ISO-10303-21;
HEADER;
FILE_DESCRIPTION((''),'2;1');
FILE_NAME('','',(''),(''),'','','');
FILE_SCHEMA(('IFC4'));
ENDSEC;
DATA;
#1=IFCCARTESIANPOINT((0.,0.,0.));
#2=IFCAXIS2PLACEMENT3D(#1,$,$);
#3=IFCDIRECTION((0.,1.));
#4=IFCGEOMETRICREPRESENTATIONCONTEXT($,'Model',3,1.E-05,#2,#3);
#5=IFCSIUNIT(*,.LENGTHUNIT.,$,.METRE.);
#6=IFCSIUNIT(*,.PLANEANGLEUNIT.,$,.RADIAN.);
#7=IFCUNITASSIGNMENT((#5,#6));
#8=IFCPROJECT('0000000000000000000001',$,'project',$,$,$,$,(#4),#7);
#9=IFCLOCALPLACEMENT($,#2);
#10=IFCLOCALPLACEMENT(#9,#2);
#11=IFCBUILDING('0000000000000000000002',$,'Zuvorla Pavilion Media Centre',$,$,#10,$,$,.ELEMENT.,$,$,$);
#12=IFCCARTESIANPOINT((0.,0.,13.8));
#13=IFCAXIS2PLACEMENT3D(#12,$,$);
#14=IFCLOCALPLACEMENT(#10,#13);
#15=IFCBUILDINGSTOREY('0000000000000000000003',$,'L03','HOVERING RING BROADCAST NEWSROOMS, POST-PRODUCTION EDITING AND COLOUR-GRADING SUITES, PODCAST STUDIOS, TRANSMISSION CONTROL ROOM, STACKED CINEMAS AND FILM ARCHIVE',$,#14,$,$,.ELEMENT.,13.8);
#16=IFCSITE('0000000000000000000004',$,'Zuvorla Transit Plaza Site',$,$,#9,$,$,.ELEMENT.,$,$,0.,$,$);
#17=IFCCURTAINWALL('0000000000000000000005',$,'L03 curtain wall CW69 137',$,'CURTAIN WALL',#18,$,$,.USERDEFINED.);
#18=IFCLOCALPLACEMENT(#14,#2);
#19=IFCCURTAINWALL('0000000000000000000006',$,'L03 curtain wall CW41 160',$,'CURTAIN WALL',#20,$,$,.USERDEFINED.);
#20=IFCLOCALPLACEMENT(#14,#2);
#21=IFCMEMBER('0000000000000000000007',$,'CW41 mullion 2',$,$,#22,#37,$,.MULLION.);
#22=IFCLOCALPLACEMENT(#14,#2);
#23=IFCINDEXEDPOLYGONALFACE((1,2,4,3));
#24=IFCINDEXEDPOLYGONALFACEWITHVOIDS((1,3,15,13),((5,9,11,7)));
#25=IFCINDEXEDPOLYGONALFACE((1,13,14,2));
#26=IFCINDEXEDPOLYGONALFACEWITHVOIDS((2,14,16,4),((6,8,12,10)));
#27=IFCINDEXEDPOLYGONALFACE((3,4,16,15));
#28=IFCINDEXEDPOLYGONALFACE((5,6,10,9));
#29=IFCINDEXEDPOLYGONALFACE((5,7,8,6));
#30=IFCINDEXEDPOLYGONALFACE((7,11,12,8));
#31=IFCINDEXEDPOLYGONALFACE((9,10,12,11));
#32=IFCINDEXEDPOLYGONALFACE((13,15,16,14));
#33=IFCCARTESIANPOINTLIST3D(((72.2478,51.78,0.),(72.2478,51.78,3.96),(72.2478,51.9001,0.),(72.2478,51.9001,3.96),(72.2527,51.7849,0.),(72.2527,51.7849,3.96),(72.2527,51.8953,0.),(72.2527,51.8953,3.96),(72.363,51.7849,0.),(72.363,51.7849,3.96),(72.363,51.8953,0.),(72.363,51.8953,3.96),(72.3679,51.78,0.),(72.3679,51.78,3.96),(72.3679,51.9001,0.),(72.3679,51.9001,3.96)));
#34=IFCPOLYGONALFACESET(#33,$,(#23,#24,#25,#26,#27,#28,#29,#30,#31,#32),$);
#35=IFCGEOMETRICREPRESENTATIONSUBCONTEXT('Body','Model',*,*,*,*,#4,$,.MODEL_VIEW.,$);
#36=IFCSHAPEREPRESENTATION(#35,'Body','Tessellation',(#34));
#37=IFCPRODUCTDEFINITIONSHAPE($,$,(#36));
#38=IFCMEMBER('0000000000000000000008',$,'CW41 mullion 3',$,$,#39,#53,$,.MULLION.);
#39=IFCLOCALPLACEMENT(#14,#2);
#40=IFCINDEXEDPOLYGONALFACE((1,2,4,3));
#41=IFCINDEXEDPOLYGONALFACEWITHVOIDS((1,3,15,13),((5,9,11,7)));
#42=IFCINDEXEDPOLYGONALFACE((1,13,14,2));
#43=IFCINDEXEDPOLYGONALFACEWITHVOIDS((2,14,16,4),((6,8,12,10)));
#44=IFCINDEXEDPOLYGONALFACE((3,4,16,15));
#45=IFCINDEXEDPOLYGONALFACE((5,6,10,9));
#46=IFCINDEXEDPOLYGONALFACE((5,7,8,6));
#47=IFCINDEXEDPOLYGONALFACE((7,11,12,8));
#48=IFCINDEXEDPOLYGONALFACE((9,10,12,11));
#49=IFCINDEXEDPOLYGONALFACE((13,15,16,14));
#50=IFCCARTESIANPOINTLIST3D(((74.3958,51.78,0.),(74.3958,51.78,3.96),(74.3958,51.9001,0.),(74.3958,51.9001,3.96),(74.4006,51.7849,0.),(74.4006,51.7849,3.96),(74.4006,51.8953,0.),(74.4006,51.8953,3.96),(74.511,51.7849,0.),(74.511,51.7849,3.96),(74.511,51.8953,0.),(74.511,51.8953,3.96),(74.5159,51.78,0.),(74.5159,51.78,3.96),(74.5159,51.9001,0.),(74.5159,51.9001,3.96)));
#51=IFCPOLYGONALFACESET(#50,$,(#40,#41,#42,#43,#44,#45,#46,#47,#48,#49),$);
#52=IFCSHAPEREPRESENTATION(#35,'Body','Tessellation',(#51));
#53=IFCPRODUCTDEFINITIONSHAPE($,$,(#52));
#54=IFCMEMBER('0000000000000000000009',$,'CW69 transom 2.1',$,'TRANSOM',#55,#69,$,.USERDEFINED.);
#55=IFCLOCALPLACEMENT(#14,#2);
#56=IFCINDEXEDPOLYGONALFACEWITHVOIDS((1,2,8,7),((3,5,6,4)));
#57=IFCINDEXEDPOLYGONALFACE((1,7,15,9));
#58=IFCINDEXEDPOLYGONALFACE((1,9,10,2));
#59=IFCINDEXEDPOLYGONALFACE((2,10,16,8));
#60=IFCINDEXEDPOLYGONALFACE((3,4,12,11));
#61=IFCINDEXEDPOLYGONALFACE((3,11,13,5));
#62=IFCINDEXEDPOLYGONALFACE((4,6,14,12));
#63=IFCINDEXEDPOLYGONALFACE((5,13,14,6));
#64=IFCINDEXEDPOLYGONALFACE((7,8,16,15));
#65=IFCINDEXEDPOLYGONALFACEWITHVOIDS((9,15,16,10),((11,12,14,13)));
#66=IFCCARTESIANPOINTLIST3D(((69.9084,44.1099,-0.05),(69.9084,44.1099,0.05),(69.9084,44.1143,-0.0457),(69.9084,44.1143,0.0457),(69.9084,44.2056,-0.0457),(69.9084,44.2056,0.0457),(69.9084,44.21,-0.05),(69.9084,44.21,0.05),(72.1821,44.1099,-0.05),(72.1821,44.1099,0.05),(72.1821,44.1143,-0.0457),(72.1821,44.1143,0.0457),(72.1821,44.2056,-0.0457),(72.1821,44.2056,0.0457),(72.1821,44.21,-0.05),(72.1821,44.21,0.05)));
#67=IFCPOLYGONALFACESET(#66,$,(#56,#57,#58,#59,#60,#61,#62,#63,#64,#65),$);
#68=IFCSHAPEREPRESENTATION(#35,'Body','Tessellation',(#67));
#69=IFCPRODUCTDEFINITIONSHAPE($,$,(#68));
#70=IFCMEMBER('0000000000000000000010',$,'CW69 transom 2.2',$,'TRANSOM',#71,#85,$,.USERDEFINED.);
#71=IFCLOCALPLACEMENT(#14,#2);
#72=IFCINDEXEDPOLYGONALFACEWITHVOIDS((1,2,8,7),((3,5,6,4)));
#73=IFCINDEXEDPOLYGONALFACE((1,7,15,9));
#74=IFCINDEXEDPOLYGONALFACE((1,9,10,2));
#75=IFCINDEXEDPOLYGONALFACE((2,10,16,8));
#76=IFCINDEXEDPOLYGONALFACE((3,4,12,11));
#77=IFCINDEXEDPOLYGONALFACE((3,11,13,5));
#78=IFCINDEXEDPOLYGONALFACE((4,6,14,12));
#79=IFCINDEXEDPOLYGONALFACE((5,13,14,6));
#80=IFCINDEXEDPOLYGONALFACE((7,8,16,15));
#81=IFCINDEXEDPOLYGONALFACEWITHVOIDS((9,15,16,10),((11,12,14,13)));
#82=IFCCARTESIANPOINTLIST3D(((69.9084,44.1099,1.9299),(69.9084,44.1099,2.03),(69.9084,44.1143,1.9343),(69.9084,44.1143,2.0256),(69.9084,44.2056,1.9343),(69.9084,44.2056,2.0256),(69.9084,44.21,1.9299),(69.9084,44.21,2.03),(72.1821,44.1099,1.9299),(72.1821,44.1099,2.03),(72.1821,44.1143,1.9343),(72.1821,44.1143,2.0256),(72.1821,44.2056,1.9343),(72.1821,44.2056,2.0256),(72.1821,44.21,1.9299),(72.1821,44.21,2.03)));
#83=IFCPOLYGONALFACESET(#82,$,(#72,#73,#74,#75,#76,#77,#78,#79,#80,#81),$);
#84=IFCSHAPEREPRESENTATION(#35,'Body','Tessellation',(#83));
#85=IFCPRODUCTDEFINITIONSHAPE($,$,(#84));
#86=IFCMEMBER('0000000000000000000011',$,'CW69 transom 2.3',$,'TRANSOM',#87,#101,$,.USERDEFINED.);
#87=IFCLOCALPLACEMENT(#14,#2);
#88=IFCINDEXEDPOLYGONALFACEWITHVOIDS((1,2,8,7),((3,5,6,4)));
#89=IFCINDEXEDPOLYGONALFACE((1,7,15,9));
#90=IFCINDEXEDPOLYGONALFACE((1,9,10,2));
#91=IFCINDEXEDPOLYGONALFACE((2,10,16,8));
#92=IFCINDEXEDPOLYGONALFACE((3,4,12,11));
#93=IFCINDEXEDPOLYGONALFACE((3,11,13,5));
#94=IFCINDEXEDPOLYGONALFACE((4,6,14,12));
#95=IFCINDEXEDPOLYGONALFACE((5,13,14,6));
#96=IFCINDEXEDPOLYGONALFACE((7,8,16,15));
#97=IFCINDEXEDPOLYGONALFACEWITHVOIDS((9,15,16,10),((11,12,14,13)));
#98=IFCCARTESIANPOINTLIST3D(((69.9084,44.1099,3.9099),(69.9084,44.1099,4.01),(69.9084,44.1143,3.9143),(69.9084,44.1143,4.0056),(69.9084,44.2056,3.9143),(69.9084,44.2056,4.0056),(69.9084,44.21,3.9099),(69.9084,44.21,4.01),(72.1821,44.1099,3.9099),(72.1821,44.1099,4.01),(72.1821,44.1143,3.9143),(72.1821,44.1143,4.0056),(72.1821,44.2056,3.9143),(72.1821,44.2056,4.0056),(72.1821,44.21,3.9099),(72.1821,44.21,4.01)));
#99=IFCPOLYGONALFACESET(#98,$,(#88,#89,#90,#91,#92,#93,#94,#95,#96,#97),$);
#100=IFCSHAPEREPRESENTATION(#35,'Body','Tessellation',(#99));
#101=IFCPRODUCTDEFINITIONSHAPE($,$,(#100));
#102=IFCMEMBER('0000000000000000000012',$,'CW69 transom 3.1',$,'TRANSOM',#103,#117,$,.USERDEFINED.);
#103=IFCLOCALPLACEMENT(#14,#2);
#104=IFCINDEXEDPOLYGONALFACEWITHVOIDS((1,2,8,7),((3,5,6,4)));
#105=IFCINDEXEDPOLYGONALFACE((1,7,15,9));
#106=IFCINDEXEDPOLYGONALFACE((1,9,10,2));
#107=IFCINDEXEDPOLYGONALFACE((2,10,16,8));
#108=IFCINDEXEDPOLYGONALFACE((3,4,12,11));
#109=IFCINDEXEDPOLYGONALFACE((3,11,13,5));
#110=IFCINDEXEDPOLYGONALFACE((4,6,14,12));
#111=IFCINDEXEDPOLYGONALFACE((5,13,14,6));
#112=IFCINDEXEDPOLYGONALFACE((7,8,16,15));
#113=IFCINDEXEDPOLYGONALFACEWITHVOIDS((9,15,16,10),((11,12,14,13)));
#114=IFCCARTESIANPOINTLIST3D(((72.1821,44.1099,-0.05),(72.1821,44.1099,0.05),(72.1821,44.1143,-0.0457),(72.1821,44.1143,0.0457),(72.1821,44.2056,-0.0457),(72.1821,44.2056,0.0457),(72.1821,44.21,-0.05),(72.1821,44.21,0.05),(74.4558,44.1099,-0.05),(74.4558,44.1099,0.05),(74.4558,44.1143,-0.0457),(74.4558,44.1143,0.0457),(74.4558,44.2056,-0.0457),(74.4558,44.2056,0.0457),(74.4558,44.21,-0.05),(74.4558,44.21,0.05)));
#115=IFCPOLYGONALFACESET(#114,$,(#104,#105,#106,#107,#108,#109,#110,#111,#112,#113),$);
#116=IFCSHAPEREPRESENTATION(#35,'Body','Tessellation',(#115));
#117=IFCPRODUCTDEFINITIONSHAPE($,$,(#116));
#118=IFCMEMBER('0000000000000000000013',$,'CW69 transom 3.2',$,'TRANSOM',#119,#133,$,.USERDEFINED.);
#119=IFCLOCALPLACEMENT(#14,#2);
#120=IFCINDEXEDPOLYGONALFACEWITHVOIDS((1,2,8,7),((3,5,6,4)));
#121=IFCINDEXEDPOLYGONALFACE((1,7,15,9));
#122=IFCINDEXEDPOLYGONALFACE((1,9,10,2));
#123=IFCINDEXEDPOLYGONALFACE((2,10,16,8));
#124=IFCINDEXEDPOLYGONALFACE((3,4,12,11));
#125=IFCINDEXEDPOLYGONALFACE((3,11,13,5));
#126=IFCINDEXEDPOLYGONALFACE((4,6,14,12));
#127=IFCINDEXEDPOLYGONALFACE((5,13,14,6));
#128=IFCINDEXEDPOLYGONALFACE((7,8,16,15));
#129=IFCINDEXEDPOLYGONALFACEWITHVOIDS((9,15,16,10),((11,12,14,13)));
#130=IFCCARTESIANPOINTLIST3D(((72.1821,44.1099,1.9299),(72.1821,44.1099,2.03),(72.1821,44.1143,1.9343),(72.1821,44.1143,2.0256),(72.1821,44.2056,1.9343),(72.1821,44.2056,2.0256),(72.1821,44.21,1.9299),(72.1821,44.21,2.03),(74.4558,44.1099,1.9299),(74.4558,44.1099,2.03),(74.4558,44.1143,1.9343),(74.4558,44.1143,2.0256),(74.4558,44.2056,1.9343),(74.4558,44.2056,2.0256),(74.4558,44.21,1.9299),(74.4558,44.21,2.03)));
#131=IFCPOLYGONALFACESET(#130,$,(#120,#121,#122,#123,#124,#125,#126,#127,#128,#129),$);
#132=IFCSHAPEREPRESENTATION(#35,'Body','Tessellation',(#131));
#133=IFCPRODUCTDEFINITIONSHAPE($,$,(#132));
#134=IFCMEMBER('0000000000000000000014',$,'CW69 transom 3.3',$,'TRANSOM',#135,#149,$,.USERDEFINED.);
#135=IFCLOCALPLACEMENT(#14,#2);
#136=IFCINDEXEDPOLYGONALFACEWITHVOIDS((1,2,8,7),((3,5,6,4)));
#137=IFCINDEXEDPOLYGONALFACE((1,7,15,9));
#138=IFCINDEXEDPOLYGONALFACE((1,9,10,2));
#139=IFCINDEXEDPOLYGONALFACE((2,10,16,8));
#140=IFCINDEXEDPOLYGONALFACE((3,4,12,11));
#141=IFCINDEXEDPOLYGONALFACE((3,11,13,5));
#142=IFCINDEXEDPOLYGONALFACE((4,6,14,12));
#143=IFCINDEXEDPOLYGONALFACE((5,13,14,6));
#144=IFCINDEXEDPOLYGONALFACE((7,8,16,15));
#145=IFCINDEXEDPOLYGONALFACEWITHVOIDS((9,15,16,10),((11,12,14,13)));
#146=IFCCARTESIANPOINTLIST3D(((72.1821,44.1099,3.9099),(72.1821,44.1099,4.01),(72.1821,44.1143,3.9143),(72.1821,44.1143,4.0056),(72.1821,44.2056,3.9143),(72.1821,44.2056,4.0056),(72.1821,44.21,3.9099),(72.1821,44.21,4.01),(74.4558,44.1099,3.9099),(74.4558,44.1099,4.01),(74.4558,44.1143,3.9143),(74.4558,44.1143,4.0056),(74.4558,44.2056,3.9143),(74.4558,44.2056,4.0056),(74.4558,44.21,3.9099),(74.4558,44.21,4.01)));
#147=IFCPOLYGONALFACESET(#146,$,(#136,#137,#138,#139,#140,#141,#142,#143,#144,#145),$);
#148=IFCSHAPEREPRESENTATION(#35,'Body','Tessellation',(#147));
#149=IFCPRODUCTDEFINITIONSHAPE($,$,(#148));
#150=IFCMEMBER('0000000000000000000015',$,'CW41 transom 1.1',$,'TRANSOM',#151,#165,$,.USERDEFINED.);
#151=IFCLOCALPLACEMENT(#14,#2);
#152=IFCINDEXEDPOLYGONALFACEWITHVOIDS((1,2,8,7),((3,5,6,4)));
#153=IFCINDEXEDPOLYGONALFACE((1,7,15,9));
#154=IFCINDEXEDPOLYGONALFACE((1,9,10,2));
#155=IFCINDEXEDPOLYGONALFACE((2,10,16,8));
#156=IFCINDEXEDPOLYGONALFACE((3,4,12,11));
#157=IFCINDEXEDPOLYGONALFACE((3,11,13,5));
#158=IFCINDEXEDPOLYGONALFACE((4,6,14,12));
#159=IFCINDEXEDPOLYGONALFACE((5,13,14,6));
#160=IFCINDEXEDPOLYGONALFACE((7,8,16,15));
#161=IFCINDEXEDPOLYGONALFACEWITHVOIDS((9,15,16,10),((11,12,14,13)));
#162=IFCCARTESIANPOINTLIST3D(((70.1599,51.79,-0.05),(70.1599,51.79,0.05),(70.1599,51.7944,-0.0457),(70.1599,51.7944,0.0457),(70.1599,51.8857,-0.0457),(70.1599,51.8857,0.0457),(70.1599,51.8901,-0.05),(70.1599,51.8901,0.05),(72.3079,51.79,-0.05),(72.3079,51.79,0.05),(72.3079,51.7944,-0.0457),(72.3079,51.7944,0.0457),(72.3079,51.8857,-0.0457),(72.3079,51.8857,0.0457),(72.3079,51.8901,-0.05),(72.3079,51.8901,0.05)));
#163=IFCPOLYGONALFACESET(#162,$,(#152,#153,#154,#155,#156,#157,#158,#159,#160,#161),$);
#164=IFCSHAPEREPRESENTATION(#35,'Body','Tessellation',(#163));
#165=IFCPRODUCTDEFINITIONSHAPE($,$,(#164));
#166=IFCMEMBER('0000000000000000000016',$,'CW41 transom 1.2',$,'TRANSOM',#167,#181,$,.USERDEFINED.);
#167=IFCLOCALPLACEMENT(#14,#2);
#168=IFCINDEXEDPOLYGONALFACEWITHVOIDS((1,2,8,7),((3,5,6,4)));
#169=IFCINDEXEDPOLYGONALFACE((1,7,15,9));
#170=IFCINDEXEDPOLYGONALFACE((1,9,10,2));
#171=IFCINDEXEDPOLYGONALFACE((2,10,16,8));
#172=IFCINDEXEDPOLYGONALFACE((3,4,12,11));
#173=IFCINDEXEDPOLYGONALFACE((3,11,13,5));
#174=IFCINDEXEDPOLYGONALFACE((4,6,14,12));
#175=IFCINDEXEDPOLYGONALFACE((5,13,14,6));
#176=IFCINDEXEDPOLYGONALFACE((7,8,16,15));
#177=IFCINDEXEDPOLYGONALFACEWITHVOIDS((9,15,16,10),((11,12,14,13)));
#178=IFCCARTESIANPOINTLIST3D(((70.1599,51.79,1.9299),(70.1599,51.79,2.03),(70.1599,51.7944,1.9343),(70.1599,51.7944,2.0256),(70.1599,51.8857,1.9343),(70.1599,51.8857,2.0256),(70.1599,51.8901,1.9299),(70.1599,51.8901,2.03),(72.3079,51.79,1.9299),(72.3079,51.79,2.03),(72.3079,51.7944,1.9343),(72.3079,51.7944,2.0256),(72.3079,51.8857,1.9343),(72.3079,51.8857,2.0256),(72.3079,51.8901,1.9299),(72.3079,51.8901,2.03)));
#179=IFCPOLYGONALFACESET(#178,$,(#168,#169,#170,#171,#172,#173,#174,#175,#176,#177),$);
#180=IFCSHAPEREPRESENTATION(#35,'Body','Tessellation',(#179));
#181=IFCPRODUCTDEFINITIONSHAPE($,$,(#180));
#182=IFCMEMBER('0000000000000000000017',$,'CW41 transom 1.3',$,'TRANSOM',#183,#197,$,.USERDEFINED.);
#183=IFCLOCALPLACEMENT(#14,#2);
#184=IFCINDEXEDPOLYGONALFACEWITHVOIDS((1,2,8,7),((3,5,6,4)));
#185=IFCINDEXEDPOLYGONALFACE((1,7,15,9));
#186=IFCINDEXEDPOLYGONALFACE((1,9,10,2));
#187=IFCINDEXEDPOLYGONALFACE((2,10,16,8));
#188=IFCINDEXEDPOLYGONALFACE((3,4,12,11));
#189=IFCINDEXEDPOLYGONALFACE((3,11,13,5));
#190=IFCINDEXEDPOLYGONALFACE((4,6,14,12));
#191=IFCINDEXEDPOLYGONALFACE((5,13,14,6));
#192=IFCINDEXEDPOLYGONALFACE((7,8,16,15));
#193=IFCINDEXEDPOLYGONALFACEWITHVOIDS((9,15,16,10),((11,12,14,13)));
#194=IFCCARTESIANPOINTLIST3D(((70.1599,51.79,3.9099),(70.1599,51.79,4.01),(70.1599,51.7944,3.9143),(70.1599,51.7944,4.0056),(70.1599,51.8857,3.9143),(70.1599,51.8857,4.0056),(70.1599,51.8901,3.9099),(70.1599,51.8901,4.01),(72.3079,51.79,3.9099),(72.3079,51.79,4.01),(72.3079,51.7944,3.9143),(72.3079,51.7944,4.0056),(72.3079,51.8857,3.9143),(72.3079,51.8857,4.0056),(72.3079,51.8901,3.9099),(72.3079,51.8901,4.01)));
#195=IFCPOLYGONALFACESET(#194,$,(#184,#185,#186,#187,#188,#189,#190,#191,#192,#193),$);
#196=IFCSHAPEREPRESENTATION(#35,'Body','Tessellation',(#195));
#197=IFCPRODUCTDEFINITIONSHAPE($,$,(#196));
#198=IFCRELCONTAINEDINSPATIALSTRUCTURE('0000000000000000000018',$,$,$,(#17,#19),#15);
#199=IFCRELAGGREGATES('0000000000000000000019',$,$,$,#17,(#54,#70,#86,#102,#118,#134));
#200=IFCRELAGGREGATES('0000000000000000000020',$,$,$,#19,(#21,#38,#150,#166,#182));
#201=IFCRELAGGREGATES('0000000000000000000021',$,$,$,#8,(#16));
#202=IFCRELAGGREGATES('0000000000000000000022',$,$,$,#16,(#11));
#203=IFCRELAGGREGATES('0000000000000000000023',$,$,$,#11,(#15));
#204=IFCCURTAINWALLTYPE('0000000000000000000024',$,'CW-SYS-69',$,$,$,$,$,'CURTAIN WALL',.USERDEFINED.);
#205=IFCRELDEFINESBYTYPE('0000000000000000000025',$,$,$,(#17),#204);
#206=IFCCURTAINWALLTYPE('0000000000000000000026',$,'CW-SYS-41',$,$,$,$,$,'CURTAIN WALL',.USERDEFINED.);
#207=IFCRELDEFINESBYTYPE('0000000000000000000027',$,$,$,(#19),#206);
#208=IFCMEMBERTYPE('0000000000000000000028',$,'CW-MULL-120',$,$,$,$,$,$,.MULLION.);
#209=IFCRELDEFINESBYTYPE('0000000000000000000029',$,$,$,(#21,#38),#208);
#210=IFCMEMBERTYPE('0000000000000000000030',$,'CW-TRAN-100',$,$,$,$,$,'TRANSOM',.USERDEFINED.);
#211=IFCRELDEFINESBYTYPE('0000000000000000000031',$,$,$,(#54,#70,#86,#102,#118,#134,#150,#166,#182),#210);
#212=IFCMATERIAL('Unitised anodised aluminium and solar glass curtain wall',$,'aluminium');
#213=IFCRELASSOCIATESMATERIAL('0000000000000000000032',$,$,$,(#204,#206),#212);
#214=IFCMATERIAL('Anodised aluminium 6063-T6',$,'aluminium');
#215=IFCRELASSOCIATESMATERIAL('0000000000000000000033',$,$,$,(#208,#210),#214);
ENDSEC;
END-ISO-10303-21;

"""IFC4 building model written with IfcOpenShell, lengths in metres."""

from ifc_helpers import new_model, si_unit, direction, frame, origin, origin_2d, place, context, subcontext, project, spatial, hollow_rectangle, extrude, material, material_profile, profile_set, type_object, element, aggregate, save


model = new_model("IFC4")

# Units and contexts
model_context = context("Model", 3, precision=1e-05, world=origin(), true_north=direction((0.0, 1.0)))
body_context = subcontext(model_context, "Body", "Model", "MODEL_VIEW")
ifc_project = project(units=[si_unit("LENGTHUNIT", "METRE"), si_unit("PLANEANGLEUNIT", "RADIAN")], contexts=[model_context])

# Site, building, storey
site_placement = place(None, origin())
site = spatial("IfcSite", under=ifc_project, at=site_placement, Name="Zuvorla Transit Plaza Site", CompositionType="ELEMENT", RefElevation=0.0)
building_placement = place(site_placement, origin())
building = spatial("IfcBuilding", under=site, at=building_placement, Name="Zuvorla Pavilion Media Centre", CompositionType="ELEMENT")
storey_placement = place(building_placement, frame((0.0, 0.0, 13.8)))
storey = spatial("IfcBuildingStorey", under=building, at=storey_placement, Name="L03", Description="HOVERING RING BROADCAST NEWSROOMS, POST-PRODUCTION EDITING AND COLOUR-GRADING SUITES, PODCAST STUDIOS, TRANSMISSION CONTROL ROOM, STACKED CINEMAS AND FILM ARCHIVE", CompositionType="ELEMENT", Elevation=13.8)

# Shared definitions
ifc_material_1 = material(Name="Unitised anodised aluminium and solar glass curtain wall", Category="aluminium")
ifc_material_2 = material(Name="Anodised aluminium 6063-T6", Category="aluminium")

# Curtain walls, members
curtain_wall_type_1 = type_object("IfcCurtainWallType", Name="CW-SYS-69", ElementType="CURTAIN WALL", PredefinedType="USERDEFINED", material=ifc_material_1)
curtain_wall_1_placement = place(storey_placement, origin())
curtain_wall_1 = element("IfcCurtainWall", 1, at=curtain_wall_1_placement, inside=storey, type_object=curtain_wall_type_1, Name="L03 curtain wall CW69 137", ObjectType="CURTAIN WALL", PredefinedType="USERDEFINED")
ifc_material_profile_1 = material_profile(ifc_material_2, hollow_rectangle(XDim=0.1201, YDim=0.1201, WallThickness=0.0049, at=origin_2d()), Name="ALU MULL 120x120")
ifc_profile_set_1 = profile_set([ifc_material_profile_1], Name="Anodised aluminium 6063-T6")
member_type_1 = type_object("IfcMemberType", Name="CW-MULL-120", PredefinedType="MULLION", material=ifc_profile_set_1)
curtain_wall_type_2 = type_object("IfcCurtainWallType", Name="CW-SYS-41", ElementType="CURTAIN WALL", PredefinedType="USERDEFINED", material=ifc_material_1)
curtain_wall_2_placement = place(storey_placement, origin())
curtain_wall_2 = element("IfcCurtainWall", 2, at=curtain_wall_2_placement, inside=storey, type_object=curtain_wall_type_2, Name="L03 curtain wall CW41 160", ObjectType="CURTAIN WALL", PredefinedType="USERDEFINED")
member_1_placement = place(storey_placement, frame((72.3079, 51.8401, 0.0), z_axis=(0.0, 0.0, 1.0), x_axis=(1.0, 0.0, 0.0)))
member_1 = element("IfcMember", 3, at=member_1_placement, type_object=member_type_1, Name="CW41 mullion 2", PredefinedType="MULLION", context=body_context, shape_type="SweptSolid", body=[
    extrude(hollow_rectangle(XDim=0.1201, YDim=0.1201, WallThickness=0.0049, at=origin_2d()), origin(), (0.0, 0.0, 1.0), 3.96),
])
member_2_placement = place(storey_placement, frame((74.4558, 51.8401, 0.0), z_axis=(0.0, 0.0, 1.0), x_axis=(1.0, 0.0, 0.0)))
member_2 = element("IfcMember", 4, at=member_2_placement, type_object=member_type_1, Name="CW41 mullion 3", PredefinedType="MULLION", context=body_context, shape_type="SweptSolid", body=[
    extrude(hollow_rectangle(XDim=0.1201, YDim=0.1201, WallThickness=0.0049, at=origin_2d()), origin(), (0.0, 0.0, 1.0), 3.96),
])

# Members
ifc_material_profile_2 = material_profile(ifc_material_2, hollow_rectangle(XDim=0.1001, YDim=0.1001, WallThickness=0.0044, at=origin_2d()), Name="ALU TRAN 100x100")
ifc_profile_set_2 = profile_set([ifc_material_profile_2], Name="Anodised aluminium 6063-T6")
member_type_2 = type_object("IfcMemberType", Name="CW-TRAN-100", ElementType="TRANSOM", PredefinedType="USERDEFINED", material=ifc_profile_set_2)
member_3_placement = place(storey_placement, frame((69.9084, 44.1599, 0.0), z_axis=(1.0, 0.0, 0.0), x_axis=(0.0, 1.0, 0.0)))
member_3 = element("IfcMember", 5, at=member_3_placement, type_object=member_type_2, Name="CW69 transom 2.1", ObjectType="TRANSOM", PredefinedType="USERDEFINED", context=body_context, shape_type="SweptSolid", body=[
    extrude(hollow_rectangle(XDim=0.1001, YDim=0.1001, WallThickness=0.0044, at=origin_2d()), origin(), (0.0, 0.0, 1.0), 2.2737),
])
member_4_placement = place(storey_placement, frame((69.9084, 44.1599, 1.98), z_axis=(1.0, 0.0, 0.0), x_axis=(0.0, 1.0, 0.0)))
member_4 = element("IfcMember", 6, at=member_4_placement, type_object=member_type_2, Name="CW69 transom 2.2", ObjectType="TRANSOM", PredefinedType="USERDEFINED", context=body_context, shape_type="SweptSolid", body=[
    extrude(hollow_rectangle(XDim=0.1001, YDim=0.1001, WallThickness=0.0044, at=origin_2d()), origin(), (0.0, 0.0, 1.0), 2.2737),
])
member_5_placement = place(storey_placement, frame((69.9084, 44.1599, 3.96), z_axis=(1.0, 0.0, 0.0), x_axis=(0.0, 1.0, 0.0)))
member_5 = element("IfcMember", 7, at=member_5_placement, type_object=member_type_2, Name="CW69 transom 2.3", ObjectType="TRANSOM", PredefinedType="USERDEFINED", context=body_context, shape_type="SweptSolid", body=[
    extrude(hollow_rectangle(XDim=0.1001, YDim=0.1001, WallThickness=0.0044, at=origin_2d()), origin(), (0.0, 0.0, 1.0), 2.2737),
])
member_6_placement = place(storey_placement, frame((72.1821, 44.1599, 0.0), z_axis=(1.0, 0.0, 0.0), x_axis=(0.0, 1.0, 0.0)))
member_6 = element("IfcMember", 8, at=member_6_placement, type_object=member_type_2, Name="CW69 transom 3.1", ObjectType="TRANSOM", PredefinedType="USERDEFINED", context=body_context, shape_type="SweptSolid", body=[
    extrude(hollow_rectangle(XDim=0.1001, YDim=0.1001, WallThickness=0.0044, at=origin_2d()), origin(), (0.0, 0.0, 1.0), 2.2737),
])
member_7_placement = place(storey_placement, frame((72.1821, 44.1599, 1.98), z_axis=(1.0, 0.0, 0.0), x_axis=(0.0, 1.0, 0.0)))
member_7 = element("IfcMember", 9, at=member_7_placement, type_object=member_type_2, Name="CW69 transom 3.2", ObjectType="TRANSOM", PredefinedType="USERDEFINED", context=body_context, shape_type="SweptSolid", body=[
    extrude(hollow_rectangle(XDim=0.1001, YDim=0.1001, WallThickness=0.0044, at=origin_2d()), origin(), (0.0, 0.0, 1.0), 2.2737),
])
member_8_placement = place(storey_placement, frame((72.1821, 44.1599, 3.96), z_axis=(1.0, 0.0, 0.0), x_axis=(0.0, 1.0, 0.0)))
member_8 = element("IfcMember", 10, at=member_8_placement, type_object=member_type_2, Name="CW69 transom 3.3", ObjectType="TRANSOM", PredefinedType="USERDEFINED", context=body_context, shape_type="SweptSolid", body=[
    extrude(hollow_rectangle(XDim=0.1001, YDim=0.1001, WallThickness=0.0044, at=origin_2d()), origin(), (0.0, 0.0, 1.0), 2.2737),
])
member_9_placement = place(storey_placement, frame((70.1599, 51.8401, 0.0), z_axis=(1.0, 0.0, 0.0), x_axis=(0.0, 1.0, 0.0)))
member_9 = element("IfcMember", 11, at=member_9_placement, type_object=member_type_2, Name="CW41 transom 1.1", ObjectType="TRANSOM", PredefinedType="USERDEFINED", context=body_context, shape_type="SweptSolid", body=[
    extrude(hollow_rectangle(XDim=0.1001, YDim=0.1001, WallThickness=0.0044, at=origin_2d()), origin(), (0.0, 0.0, 1.0), 2.1479),
])
member_10_placement = place(storey_placement, frame((70.1599, 51.8401, 1.98), z_axis=(1.0, 0.0, 0.0), x_axis=(0.0, 1.0, 0.0)))
member_10 = element("IfcMember", 12, at=member_10_placement, type_object=member_type_2, Name="CW41 transom 1.2", ObjectType="TRANSOM", PredefinedType="USERDEFINED", context=body_context, shape_type="SweptSolid", body=[
    extrude(hollow_rectangle(XDim=0.1001, YDim=0.1001, WallThickness=0.0044, at=origin_2d()), origin(), (0.0, 0.0, 1.0), 2.1479),
])
member_11_placement = place(storey_placement, frame((70.1599, 51.8401, 3.96), z_axis=(1.0, 0.0, 0.0), x_axis=(0.0, 1.0, 0.0)))
member_11 = element("IfcMember", 13, at=member_11_placement, type_object=member_type_2, Name="CW41 transom 1.3", ObjectType="TRANSOM", PredefinedType="USERDEFINED", context=body_context, shape_type="SweptSolid", body=[
    extrude(hollow_rectangle(XDim=0.1001, YDim=0.1001, WallThickness=0.0044, at=origin_2d()), origin(), (0.0, 0.0, 1.0), 2.1479),
])

aggregate(curtain_wall_1, [member_3, member_4, member_5, member_6, member_7, member_8])
aggregate(curtain_wall_2, [member_1, member_2, member_9, member_10, member_11])

save(model, "model.ifc")
